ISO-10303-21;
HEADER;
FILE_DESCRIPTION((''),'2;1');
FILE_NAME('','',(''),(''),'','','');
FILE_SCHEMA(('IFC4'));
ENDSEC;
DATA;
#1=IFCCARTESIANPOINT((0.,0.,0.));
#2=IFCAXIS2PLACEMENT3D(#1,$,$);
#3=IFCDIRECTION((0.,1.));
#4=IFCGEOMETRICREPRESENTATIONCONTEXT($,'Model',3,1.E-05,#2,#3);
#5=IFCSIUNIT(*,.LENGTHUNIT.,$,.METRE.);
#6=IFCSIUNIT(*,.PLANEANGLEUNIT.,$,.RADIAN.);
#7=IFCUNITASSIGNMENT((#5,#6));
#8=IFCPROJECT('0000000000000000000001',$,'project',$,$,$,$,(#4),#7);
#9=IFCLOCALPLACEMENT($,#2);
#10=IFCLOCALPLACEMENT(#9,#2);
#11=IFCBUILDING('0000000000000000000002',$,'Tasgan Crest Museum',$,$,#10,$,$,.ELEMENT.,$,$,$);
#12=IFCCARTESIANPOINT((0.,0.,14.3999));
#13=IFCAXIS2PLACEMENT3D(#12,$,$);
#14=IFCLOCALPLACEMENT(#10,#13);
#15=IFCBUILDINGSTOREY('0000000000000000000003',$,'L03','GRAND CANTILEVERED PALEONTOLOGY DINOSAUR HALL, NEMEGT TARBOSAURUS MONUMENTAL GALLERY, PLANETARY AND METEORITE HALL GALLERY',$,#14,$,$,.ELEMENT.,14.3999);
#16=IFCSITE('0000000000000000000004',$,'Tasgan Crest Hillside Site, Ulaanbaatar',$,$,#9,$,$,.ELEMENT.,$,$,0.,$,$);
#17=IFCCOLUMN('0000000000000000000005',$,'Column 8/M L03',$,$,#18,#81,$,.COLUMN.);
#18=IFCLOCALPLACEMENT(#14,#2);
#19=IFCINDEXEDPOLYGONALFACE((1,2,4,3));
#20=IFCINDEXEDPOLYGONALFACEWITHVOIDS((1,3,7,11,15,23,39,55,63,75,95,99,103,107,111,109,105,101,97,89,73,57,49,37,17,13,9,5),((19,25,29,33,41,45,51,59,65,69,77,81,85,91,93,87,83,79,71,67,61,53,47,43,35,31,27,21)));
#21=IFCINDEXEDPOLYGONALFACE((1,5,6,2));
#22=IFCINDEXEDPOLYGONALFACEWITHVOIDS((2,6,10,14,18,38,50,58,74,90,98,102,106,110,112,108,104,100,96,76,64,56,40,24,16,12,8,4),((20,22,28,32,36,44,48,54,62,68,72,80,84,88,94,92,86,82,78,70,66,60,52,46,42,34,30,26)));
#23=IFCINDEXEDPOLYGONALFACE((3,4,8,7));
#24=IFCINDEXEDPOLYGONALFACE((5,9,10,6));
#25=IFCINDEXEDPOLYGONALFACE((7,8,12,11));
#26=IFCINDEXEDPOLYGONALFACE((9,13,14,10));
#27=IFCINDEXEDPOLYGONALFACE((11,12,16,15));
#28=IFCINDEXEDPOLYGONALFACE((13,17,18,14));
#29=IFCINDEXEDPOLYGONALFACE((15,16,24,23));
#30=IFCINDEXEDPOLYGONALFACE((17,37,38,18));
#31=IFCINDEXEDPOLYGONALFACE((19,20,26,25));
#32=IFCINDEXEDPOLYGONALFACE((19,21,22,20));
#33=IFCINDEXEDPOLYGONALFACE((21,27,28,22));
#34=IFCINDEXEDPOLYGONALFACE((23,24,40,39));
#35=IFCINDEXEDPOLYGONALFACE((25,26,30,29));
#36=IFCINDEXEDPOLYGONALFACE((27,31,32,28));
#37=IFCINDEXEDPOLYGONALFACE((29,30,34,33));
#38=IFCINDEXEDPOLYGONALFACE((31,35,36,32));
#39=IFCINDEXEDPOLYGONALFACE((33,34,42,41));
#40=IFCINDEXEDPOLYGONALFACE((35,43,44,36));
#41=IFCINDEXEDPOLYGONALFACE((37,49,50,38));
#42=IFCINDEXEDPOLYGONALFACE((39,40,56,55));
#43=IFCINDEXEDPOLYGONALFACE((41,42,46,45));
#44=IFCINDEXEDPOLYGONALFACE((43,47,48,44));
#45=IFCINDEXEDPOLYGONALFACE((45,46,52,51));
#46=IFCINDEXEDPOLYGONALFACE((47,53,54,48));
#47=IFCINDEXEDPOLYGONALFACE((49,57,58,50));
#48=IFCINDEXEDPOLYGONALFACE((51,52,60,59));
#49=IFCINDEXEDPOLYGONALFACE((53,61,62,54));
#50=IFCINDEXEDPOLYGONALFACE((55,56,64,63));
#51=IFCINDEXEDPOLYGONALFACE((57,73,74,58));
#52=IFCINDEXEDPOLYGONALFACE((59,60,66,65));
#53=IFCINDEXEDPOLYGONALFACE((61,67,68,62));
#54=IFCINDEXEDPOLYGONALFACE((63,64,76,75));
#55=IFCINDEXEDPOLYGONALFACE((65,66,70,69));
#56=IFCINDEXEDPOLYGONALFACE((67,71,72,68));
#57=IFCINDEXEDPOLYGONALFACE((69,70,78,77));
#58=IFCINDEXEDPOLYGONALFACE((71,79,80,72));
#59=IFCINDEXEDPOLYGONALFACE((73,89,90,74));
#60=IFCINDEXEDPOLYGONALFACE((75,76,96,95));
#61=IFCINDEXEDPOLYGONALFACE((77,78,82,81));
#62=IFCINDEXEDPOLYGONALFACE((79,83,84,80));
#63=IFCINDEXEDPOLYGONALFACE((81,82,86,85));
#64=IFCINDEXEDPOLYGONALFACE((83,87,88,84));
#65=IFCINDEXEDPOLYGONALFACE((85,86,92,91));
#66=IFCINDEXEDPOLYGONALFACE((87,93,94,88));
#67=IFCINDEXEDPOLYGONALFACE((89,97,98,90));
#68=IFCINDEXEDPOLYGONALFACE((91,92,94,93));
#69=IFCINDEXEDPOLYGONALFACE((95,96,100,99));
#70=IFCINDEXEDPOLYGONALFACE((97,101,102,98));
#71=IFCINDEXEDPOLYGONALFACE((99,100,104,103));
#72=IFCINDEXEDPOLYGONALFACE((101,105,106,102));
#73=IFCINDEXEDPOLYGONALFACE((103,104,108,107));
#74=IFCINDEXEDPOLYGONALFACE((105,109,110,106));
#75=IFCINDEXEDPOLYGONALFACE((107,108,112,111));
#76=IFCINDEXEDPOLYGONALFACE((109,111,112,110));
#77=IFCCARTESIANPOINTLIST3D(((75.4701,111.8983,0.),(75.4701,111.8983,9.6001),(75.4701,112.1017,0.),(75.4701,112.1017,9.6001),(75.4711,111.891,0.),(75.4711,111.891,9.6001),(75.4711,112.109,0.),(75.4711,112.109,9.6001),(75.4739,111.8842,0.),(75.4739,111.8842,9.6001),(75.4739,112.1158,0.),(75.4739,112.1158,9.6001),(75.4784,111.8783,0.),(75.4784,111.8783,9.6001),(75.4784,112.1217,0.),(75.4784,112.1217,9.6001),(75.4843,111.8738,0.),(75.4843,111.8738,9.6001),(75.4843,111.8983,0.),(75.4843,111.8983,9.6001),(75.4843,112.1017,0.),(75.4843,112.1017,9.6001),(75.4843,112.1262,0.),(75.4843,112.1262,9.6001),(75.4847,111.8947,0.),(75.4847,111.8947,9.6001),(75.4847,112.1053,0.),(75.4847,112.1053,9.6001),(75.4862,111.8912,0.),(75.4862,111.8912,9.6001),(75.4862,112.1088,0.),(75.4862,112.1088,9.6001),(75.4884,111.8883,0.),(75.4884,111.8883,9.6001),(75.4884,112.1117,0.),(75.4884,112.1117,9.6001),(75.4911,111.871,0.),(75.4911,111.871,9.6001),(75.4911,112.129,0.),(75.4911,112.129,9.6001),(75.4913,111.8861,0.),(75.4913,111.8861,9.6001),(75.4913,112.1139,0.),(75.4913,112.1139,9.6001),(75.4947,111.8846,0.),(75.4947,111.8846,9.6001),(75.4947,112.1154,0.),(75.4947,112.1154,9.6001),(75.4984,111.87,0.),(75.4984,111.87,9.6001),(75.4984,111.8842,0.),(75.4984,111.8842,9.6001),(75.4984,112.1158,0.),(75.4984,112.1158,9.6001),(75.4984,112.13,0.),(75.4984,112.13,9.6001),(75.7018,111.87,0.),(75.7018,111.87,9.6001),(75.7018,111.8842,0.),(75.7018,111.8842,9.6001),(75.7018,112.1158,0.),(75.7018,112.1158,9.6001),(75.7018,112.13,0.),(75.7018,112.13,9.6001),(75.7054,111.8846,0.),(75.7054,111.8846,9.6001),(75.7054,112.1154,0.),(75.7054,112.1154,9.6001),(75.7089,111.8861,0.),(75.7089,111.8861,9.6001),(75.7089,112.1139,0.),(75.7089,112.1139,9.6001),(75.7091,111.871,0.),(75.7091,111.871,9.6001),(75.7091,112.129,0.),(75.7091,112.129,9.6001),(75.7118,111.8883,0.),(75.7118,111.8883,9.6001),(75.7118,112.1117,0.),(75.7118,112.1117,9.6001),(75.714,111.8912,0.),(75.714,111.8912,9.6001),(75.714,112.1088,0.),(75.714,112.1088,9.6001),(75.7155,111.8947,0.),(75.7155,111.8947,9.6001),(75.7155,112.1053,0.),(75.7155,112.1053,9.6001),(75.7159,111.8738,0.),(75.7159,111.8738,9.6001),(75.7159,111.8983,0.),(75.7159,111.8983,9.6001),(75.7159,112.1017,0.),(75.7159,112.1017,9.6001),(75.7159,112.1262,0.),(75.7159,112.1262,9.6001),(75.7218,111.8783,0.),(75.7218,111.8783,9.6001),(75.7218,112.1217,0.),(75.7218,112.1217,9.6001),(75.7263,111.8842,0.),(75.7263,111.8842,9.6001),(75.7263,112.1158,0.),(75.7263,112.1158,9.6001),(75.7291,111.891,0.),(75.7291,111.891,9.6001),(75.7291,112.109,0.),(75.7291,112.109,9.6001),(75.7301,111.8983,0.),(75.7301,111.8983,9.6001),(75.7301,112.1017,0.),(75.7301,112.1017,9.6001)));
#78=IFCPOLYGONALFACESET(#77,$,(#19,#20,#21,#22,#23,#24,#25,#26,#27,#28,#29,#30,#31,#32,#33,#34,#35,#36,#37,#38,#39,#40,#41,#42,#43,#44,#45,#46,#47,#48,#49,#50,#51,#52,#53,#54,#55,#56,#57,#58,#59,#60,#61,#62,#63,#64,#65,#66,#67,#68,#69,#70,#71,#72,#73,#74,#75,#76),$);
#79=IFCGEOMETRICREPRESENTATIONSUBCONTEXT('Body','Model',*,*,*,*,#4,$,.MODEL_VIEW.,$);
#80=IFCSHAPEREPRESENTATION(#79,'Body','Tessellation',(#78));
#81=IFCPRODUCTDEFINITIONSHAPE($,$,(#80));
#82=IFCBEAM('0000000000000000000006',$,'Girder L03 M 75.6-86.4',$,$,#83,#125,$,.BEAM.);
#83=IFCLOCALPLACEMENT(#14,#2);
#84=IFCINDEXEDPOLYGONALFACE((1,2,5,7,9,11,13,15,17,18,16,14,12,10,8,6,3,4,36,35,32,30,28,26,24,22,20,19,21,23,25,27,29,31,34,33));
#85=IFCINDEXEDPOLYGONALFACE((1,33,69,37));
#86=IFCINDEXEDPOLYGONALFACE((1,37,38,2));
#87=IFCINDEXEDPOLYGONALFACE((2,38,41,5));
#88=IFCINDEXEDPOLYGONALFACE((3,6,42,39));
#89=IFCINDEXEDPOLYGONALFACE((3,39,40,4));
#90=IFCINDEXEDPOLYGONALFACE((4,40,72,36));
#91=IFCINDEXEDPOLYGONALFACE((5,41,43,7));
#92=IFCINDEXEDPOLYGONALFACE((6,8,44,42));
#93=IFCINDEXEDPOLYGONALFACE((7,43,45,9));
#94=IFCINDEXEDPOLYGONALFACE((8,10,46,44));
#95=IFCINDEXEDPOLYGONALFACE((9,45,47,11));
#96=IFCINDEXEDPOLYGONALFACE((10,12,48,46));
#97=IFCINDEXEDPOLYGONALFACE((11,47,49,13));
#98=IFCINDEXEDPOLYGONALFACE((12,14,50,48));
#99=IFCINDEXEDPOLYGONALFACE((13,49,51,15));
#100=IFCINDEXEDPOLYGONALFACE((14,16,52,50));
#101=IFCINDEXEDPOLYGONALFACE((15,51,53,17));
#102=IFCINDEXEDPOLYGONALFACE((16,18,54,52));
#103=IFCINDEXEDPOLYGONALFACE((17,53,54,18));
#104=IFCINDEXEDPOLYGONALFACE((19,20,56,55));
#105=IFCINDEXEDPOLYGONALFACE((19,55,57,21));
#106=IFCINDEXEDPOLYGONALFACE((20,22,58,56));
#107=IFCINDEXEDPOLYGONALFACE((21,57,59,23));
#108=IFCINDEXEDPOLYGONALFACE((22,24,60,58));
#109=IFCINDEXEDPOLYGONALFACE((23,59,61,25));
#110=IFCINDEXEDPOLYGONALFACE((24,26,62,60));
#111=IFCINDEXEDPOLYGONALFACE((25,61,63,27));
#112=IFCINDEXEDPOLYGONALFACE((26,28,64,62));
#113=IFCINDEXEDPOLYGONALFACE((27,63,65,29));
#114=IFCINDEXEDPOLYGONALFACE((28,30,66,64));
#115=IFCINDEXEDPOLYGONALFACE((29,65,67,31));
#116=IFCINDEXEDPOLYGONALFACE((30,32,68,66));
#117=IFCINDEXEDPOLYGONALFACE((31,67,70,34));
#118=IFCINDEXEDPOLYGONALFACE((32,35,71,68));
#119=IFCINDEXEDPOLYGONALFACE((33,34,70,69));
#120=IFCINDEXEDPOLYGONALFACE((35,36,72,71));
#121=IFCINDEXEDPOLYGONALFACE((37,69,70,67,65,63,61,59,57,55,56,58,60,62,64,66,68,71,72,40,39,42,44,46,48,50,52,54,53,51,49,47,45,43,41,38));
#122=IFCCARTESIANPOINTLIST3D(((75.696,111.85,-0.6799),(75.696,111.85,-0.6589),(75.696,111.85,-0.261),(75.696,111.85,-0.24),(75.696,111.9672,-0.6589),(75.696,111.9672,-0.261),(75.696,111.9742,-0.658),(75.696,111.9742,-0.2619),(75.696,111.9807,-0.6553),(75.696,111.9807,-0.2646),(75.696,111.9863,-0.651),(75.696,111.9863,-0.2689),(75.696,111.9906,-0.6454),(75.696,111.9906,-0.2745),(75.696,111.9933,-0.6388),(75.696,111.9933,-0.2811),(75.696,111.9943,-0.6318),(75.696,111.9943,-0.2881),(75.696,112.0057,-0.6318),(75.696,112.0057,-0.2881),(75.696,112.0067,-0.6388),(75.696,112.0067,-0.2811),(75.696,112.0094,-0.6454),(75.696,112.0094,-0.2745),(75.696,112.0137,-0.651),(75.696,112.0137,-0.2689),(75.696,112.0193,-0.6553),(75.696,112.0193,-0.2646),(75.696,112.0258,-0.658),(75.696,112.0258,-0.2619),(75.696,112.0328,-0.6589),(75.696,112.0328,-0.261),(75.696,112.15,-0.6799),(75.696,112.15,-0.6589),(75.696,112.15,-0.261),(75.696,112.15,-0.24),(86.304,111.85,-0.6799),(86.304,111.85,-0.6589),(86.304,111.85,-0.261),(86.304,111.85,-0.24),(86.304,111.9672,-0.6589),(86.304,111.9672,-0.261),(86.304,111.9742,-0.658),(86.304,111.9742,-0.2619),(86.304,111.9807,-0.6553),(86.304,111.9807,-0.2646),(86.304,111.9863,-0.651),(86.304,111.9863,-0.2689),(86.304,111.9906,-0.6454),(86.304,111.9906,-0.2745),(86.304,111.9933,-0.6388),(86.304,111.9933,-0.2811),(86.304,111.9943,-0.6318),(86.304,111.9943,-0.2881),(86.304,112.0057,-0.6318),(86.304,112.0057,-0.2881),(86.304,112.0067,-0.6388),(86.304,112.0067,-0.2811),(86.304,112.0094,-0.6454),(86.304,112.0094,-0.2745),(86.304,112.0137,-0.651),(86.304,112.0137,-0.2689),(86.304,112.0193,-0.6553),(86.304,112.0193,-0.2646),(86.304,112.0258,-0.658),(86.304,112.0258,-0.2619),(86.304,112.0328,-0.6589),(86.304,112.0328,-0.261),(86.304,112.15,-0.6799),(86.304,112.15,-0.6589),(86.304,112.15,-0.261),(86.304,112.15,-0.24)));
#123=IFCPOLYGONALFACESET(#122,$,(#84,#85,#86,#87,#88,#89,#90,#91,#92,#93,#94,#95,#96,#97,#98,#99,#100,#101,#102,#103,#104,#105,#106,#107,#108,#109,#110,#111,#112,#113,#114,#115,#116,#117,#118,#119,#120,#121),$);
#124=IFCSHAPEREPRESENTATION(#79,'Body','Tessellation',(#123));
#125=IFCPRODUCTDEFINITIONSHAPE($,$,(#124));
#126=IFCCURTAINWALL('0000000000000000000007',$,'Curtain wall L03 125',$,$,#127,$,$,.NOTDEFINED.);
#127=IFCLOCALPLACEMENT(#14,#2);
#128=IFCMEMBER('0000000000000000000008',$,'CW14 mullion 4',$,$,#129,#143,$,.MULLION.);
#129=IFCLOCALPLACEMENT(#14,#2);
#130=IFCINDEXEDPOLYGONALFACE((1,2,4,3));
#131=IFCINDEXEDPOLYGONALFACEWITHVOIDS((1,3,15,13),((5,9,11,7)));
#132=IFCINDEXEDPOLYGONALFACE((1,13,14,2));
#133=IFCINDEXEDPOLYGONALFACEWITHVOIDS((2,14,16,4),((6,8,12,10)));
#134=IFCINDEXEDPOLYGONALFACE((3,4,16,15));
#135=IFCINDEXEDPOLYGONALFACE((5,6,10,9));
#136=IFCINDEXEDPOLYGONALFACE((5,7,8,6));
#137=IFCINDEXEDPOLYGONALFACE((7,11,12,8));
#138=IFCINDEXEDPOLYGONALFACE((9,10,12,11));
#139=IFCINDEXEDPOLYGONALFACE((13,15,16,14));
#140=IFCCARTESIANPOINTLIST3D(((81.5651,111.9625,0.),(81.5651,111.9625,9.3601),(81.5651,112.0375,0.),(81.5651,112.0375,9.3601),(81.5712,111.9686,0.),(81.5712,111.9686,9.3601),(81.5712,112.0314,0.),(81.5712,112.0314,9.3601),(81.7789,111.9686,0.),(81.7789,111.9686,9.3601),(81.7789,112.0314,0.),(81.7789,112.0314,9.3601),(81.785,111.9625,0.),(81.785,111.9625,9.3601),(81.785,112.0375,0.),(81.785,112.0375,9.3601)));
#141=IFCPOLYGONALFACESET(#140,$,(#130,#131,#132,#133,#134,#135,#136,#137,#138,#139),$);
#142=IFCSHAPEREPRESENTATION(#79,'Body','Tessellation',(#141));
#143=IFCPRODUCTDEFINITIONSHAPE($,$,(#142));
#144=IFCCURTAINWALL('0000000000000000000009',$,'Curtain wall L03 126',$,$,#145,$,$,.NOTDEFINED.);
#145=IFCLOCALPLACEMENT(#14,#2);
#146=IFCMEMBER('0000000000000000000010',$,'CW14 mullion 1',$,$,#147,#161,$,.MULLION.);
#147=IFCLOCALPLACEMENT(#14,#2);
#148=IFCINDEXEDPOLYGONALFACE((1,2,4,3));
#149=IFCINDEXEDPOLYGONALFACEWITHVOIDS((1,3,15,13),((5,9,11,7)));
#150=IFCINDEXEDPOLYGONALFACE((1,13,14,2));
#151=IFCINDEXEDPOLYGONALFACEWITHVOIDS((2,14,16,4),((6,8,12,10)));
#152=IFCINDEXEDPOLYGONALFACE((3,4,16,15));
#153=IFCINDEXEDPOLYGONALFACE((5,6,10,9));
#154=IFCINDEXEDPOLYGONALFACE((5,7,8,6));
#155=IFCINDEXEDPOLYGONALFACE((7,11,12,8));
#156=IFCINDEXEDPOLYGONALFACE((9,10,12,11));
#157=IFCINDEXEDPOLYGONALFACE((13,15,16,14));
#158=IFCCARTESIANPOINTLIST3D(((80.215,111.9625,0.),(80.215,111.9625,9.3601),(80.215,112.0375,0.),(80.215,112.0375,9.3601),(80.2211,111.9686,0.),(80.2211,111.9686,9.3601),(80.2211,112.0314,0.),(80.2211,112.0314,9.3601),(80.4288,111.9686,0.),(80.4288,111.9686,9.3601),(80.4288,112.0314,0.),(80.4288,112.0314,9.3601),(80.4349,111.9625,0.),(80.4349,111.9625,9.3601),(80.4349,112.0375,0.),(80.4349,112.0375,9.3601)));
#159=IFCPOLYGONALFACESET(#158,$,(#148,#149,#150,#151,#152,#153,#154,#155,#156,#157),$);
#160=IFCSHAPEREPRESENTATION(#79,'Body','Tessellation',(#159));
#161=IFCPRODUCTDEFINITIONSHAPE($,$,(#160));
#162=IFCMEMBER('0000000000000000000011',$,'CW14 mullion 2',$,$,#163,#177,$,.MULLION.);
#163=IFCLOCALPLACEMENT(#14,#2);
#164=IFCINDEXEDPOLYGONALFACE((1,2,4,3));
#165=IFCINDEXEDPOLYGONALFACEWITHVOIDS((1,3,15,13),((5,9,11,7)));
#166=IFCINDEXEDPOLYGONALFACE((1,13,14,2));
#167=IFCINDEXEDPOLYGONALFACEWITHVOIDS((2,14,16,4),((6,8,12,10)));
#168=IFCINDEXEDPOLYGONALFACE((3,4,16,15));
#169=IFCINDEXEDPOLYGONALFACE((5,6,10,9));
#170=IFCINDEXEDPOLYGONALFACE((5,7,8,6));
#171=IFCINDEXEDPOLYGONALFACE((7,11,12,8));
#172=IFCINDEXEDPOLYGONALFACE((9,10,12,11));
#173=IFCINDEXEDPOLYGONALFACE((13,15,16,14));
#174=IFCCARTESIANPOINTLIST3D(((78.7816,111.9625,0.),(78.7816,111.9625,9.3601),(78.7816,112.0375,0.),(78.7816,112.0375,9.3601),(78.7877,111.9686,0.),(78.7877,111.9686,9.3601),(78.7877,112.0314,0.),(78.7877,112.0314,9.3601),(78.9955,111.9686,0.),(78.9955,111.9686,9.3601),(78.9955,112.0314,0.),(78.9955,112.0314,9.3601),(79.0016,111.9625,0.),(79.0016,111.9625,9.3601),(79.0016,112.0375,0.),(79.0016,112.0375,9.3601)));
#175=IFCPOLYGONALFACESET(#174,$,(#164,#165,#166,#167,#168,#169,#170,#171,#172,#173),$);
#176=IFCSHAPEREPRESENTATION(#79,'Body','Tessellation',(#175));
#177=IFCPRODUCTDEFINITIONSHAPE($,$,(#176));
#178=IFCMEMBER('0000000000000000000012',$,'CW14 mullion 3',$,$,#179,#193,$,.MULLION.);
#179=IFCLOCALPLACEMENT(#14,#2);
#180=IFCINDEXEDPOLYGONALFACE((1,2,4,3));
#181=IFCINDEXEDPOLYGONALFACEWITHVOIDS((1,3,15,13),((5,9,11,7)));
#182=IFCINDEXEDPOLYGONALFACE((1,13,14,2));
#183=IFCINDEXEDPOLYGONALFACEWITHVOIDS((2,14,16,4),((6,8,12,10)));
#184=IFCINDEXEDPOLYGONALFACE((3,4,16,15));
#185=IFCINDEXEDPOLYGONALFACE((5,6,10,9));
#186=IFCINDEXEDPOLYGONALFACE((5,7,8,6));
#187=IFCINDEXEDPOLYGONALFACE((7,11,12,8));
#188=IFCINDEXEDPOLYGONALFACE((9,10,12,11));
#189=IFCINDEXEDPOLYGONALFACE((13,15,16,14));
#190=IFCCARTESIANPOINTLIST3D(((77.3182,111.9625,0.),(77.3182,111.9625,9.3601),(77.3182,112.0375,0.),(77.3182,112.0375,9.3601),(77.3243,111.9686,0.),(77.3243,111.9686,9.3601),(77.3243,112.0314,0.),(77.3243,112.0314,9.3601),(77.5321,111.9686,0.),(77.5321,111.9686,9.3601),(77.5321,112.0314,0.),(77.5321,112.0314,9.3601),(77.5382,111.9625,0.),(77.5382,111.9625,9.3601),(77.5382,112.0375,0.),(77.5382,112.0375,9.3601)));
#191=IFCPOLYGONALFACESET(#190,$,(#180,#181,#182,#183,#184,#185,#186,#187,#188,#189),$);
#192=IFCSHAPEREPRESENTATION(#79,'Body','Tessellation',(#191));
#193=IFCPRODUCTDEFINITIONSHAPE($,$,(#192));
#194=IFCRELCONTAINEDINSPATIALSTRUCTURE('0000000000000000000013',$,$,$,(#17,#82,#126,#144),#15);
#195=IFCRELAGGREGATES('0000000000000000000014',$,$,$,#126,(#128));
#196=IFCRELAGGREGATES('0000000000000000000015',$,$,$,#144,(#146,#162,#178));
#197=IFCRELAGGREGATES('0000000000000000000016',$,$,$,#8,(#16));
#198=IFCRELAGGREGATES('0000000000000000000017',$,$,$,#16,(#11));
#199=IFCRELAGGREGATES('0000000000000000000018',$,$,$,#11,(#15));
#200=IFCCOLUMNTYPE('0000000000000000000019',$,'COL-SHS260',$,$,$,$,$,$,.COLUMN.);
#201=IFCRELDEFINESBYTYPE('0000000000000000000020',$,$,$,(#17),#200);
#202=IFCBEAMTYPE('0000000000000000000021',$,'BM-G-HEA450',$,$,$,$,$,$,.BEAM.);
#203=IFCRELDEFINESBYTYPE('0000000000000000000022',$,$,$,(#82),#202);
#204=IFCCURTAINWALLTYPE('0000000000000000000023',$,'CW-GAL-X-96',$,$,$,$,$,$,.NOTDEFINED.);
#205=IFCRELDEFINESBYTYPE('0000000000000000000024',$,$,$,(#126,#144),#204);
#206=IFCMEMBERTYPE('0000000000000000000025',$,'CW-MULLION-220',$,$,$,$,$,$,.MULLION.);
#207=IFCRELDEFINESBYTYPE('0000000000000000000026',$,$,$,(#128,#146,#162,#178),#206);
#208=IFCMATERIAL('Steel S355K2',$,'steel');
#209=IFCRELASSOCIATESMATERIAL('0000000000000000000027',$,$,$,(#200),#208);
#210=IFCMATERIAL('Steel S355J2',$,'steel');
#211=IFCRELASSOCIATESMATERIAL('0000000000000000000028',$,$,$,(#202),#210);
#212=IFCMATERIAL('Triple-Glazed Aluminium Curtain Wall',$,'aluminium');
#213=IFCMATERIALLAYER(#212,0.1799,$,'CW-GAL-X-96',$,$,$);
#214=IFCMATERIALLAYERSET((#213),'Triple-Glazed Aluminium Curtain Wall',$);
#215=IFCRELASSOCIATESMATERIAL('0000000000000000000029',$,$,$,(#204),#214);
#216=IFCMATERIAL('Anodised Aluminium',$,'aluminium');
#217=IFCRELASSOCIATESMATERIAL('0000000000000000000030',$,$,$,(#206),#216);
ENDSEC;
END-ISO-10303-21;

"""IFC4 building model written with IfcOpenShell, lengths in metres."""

from ifc_helpers import new_model, si_unit, direction, frame, origin, origin_2d, place, context, subcontext, project, spatial, hollow_rectangle, i_section, extrude, material, layer, layer_set, material_profile, profile_set, type_object, element, aggregate, save


model = new_model("IFC4")

# Units and contexts
model_context = context("Model", 3, precision=1e-05, world=origin(), true_north=direction((0.0, 1.0)))
body_context = subcontext(model_context, "Body", "Model", "MODEL_VIEW")
ifc_project = project(units=[si_unit("LENGTHUNIT", "METRE"), si_unit("PLANEANGLEUNIT", "RADIAN")], contexts=[model_context])

# Site, building, storey
site_placement = place(None, origin())
site = spatial("IfcSite", under=ifc_project, at=site_placement, Name="Tasgan Crest Hillside Site, Ulaanbaatar", CompositionType="ELEMENT", RefElevation=0.0)
building_placement = place(site_placement, origin())
building = spatial("IfcBuilding", under=site, at=building_placement, Name="Tasgan Crest Museum", CompositionType="ELEMENT")
storey_placement = place(building_placement, frame((0.0, 0.0, 14.3999)))
storey = spatial("IfcBuildingStorey", under=building, at=storey_placement, Name="L03", Description="GRAND CANTILEVERED PALEONTOLOGY DINOSAUR HALL, NEMEGT TARBOSAURUS MONUMENTAL GALLERY, PLANETARY AND METEORITE HALL GALLERY", CompositionType="ELEMENT", Elevation=14.3999)

# Column
ifc_material_1 = material(Name="Steel S355K2", Category="steel")
ifc_material_profile_1 = material_profile(ifc_material_1, hollow_rectangle(XDim=0.26, YDim=0.26, WallThickness=0.0142, InnerFilletRadius=0.0142, OuterFilletRadius=0.0283, at=origin_2d()), Name="SHS 260x260x14.2")
ifc_profile_set_1 = profile_set([ifc_material_profile_1], Name="Steel S355K2")
column_type = type_object("IfcColumnType", Name="COL-SHS260", PredefinedType="COLUMN", material=ifc_profile_set_1)
column_placement = place(storey_placement, frame((75.6001, 112.0, 0.0), z_axis=(0.0, 0.0, 1.0), x_axis=(1.0, 0.0, 0.0)))
element("IfcColumn", 1, at=column_placement, inside=storey, type_object=column_type, Name="Column 8/M L03", PredefinedType="COLUMN", context=body_context, shape_type="SweptSolid", body=[
    extrude(hollow_rectangle(XDim=0.26, YDim=0.26, WallThickness=0.0142, InnerFilletRadius=0.0142, OuterFilletRadius=0.0283, at=origin_2d()), origin(), (0.0, 0.0, 1.0), 9.6001),
])

# Beam
ifc_material_2 = material(Name="Steel S355J2", Category="steel")
ifc_material_profile_2 = material_profile(ifc_material_2, i_section(OverallWidth=0.3, OverallDepth=0.4399, WebThickness=0.0115, FlangeThickness=0.021, FilletRadius=0.0271, at=origin_2d()), Name="HEA 450")
ifc_profile_set_2 = profile_set([ifc_material_profile_2], Name="Steel S355J2")
beam_type = type_object("IfcBeamType", Name="BM-G-HEA450", PredefinedType="BEAM", material=ifc_profile_set_2)
beam_placement = place(storey_placement, frame((75.696, 112.0, -0.46), z_axis=(1.0, 0.0, 0.0), x_axis=(0.0, 1.0, 0.0)))
element("IfcBeam", 2, at=beam_placement, inside=storey, type_object=beam_type, Name="Girder L03 M 75.6-86.4", PredefinedType="BEAM", context=body_context, shape_type="SweptSolid", body=[
    extrude(i_section(OverallWidth=0.3, OverallDepth=0.4399, WebThickness=0.0115, FlangeThickness=0.021, FilletRadius=0.0271, at=origin_2d()), origin(), (0.0, 0.0, 1.0), 10.6079),
])

# Curtain wall, member
ifc_material_3 = material(Name="Triple-Glazed Aluminium Curtain Wall", Category="aluminium")
ifc_layer_1 = layer(ifc_material_3, 0.1799, Name="CW-GAL-X-96")
ifc_layer_set_1 = layer_set([ifc_layer_1], Name="Triple-Glazed Aluminium Curtain Wall")
curtain_wall_type = type_object("IfcCurtainWallType", Name="CW-GAL-X-96", PredefinedType="NOTDEFINED", material=ifc_layer_set_1)
curtain_wall_1_placement = place(storey_placement, origin())
curtain_wall_1 = element("IfcCurtainWall", 3, at=curtain_wall_1_placement, inside=storey, type_object=curtain_wall_type, Name="Curtain wall L03 125", PredefinedType="NOTDEFINED")
ifc_material_4 = material(Name="Anodised Aluminium", Category="aluminium")
ifc_material_profile_3 = material_profile(ifc_material_4, hollow_rectangle(XDim=0.075, YDim=0.22, WallThickness=0.0061, at=origin_2d()), Name="ALU MULLION 220x75x6")
ifc_profile_set_3 = profile_set([ifc_material_profile_3], Name="Anodised Aluminium")
member_type_1 = type_object("IfcMemberType", Name="CW-MULLION-220", PredefinedType="MULLION", material=ifc_profile_set_3)
member_1_placement = place(storey_placement, frame((81.675, 112.0, 0.0), z_axis=(0.0, 0.0, 1.0), x_axis=(0.0, -1.0, 0.0)))
member_1 = element("IfcMember", 4, at=member_1_placement, type_object=member_type_1, Name="CW14 mullion 4", PredefinedType="MULLION", context=body_context, shape_type="SweptSolid", body=[
    extrude(hollow_rectangle(XDim=0.075, YDim=0.22, WallThickness=0.0061, at=origin_2d()), origin(), (0.0, 0.0, 1.0), 9.3601),
])

# Curtain wall, members
curtain_wall_2_placement = place(storey_placement, origin())
curtain_wall_2 = element("IfcCurtainWall", 5, at=curtain_wall_2_placement, inside=storey, type_object=curtain_wall_type, Name="Curtain wall L03 126", PredefinedType="NOTDEFINED")
member_2_placement = place(storey_placement, frame((80.325, 112.0, 0.0), z_axis=(0.0, 0.0, 1.0), x_axis=(0.0, -1.0, 0.0)))
member_2 = element("IfcMember", 6, at=member_2_placement, type_object=member_type_1, Name="CW14 mullion 1", PredefinedType="MULLION", context=body_context, shape_type="SweptSolid", body=[
    extrude(hollow_rectangle(XDim=0.075, YDim=0.22, WallThickness=0.0061, at=origin_2d()), origin(), (0.0, 0.0, 1.0), 9.3601),
])
member_3_placement = place(storey_placement, frame((78.8916, 112.0, 0.0), z_axis=(0.0, 0.0, 1.0), x_axis=(0.0, -1.0, 0.0)))
member_3 = element("IfcMember", 7, at=member_3_placement, type_object=member_type_1, Name="CW14 mullion 2", PredefinedType="MULLION", context=body_context, shape_type="SweptSolid", body=[
    extrude(hollow_rectangle(XDim=0.075, YDim=0.22, WallThickness=0.0061, at=origin_2d()), origin(), (0.0, 0.0, 1.0), 9.3601),
])
member_4_placement = place(storey_placement, frame((77.4282, 112.0, 0.0), z_axis=(0.0, 0.0, 1.0), x_axis=(0.0, -1.0, 0.0)))
member_4 = element("IfcMember", 8, at=member_4_placement, type_object=member_type_1, Name="CW14 mullion 3", PredefinedType="MULLION", context=body_context, shape_type="SweptSolid", body=[
    extrude(hollow_rectangle(XDim=0.075, YDim=0.22, WallThickness=0.0061, at=origin_2d()), origin(), (0.0, 0.0, 1.0), 9.3601),
])

aggregate(curtain_wall_1, [member_1])
aggregate(curtain_wall_2, [member_2, member_3, member_4])

save(model, "model.ifc")
